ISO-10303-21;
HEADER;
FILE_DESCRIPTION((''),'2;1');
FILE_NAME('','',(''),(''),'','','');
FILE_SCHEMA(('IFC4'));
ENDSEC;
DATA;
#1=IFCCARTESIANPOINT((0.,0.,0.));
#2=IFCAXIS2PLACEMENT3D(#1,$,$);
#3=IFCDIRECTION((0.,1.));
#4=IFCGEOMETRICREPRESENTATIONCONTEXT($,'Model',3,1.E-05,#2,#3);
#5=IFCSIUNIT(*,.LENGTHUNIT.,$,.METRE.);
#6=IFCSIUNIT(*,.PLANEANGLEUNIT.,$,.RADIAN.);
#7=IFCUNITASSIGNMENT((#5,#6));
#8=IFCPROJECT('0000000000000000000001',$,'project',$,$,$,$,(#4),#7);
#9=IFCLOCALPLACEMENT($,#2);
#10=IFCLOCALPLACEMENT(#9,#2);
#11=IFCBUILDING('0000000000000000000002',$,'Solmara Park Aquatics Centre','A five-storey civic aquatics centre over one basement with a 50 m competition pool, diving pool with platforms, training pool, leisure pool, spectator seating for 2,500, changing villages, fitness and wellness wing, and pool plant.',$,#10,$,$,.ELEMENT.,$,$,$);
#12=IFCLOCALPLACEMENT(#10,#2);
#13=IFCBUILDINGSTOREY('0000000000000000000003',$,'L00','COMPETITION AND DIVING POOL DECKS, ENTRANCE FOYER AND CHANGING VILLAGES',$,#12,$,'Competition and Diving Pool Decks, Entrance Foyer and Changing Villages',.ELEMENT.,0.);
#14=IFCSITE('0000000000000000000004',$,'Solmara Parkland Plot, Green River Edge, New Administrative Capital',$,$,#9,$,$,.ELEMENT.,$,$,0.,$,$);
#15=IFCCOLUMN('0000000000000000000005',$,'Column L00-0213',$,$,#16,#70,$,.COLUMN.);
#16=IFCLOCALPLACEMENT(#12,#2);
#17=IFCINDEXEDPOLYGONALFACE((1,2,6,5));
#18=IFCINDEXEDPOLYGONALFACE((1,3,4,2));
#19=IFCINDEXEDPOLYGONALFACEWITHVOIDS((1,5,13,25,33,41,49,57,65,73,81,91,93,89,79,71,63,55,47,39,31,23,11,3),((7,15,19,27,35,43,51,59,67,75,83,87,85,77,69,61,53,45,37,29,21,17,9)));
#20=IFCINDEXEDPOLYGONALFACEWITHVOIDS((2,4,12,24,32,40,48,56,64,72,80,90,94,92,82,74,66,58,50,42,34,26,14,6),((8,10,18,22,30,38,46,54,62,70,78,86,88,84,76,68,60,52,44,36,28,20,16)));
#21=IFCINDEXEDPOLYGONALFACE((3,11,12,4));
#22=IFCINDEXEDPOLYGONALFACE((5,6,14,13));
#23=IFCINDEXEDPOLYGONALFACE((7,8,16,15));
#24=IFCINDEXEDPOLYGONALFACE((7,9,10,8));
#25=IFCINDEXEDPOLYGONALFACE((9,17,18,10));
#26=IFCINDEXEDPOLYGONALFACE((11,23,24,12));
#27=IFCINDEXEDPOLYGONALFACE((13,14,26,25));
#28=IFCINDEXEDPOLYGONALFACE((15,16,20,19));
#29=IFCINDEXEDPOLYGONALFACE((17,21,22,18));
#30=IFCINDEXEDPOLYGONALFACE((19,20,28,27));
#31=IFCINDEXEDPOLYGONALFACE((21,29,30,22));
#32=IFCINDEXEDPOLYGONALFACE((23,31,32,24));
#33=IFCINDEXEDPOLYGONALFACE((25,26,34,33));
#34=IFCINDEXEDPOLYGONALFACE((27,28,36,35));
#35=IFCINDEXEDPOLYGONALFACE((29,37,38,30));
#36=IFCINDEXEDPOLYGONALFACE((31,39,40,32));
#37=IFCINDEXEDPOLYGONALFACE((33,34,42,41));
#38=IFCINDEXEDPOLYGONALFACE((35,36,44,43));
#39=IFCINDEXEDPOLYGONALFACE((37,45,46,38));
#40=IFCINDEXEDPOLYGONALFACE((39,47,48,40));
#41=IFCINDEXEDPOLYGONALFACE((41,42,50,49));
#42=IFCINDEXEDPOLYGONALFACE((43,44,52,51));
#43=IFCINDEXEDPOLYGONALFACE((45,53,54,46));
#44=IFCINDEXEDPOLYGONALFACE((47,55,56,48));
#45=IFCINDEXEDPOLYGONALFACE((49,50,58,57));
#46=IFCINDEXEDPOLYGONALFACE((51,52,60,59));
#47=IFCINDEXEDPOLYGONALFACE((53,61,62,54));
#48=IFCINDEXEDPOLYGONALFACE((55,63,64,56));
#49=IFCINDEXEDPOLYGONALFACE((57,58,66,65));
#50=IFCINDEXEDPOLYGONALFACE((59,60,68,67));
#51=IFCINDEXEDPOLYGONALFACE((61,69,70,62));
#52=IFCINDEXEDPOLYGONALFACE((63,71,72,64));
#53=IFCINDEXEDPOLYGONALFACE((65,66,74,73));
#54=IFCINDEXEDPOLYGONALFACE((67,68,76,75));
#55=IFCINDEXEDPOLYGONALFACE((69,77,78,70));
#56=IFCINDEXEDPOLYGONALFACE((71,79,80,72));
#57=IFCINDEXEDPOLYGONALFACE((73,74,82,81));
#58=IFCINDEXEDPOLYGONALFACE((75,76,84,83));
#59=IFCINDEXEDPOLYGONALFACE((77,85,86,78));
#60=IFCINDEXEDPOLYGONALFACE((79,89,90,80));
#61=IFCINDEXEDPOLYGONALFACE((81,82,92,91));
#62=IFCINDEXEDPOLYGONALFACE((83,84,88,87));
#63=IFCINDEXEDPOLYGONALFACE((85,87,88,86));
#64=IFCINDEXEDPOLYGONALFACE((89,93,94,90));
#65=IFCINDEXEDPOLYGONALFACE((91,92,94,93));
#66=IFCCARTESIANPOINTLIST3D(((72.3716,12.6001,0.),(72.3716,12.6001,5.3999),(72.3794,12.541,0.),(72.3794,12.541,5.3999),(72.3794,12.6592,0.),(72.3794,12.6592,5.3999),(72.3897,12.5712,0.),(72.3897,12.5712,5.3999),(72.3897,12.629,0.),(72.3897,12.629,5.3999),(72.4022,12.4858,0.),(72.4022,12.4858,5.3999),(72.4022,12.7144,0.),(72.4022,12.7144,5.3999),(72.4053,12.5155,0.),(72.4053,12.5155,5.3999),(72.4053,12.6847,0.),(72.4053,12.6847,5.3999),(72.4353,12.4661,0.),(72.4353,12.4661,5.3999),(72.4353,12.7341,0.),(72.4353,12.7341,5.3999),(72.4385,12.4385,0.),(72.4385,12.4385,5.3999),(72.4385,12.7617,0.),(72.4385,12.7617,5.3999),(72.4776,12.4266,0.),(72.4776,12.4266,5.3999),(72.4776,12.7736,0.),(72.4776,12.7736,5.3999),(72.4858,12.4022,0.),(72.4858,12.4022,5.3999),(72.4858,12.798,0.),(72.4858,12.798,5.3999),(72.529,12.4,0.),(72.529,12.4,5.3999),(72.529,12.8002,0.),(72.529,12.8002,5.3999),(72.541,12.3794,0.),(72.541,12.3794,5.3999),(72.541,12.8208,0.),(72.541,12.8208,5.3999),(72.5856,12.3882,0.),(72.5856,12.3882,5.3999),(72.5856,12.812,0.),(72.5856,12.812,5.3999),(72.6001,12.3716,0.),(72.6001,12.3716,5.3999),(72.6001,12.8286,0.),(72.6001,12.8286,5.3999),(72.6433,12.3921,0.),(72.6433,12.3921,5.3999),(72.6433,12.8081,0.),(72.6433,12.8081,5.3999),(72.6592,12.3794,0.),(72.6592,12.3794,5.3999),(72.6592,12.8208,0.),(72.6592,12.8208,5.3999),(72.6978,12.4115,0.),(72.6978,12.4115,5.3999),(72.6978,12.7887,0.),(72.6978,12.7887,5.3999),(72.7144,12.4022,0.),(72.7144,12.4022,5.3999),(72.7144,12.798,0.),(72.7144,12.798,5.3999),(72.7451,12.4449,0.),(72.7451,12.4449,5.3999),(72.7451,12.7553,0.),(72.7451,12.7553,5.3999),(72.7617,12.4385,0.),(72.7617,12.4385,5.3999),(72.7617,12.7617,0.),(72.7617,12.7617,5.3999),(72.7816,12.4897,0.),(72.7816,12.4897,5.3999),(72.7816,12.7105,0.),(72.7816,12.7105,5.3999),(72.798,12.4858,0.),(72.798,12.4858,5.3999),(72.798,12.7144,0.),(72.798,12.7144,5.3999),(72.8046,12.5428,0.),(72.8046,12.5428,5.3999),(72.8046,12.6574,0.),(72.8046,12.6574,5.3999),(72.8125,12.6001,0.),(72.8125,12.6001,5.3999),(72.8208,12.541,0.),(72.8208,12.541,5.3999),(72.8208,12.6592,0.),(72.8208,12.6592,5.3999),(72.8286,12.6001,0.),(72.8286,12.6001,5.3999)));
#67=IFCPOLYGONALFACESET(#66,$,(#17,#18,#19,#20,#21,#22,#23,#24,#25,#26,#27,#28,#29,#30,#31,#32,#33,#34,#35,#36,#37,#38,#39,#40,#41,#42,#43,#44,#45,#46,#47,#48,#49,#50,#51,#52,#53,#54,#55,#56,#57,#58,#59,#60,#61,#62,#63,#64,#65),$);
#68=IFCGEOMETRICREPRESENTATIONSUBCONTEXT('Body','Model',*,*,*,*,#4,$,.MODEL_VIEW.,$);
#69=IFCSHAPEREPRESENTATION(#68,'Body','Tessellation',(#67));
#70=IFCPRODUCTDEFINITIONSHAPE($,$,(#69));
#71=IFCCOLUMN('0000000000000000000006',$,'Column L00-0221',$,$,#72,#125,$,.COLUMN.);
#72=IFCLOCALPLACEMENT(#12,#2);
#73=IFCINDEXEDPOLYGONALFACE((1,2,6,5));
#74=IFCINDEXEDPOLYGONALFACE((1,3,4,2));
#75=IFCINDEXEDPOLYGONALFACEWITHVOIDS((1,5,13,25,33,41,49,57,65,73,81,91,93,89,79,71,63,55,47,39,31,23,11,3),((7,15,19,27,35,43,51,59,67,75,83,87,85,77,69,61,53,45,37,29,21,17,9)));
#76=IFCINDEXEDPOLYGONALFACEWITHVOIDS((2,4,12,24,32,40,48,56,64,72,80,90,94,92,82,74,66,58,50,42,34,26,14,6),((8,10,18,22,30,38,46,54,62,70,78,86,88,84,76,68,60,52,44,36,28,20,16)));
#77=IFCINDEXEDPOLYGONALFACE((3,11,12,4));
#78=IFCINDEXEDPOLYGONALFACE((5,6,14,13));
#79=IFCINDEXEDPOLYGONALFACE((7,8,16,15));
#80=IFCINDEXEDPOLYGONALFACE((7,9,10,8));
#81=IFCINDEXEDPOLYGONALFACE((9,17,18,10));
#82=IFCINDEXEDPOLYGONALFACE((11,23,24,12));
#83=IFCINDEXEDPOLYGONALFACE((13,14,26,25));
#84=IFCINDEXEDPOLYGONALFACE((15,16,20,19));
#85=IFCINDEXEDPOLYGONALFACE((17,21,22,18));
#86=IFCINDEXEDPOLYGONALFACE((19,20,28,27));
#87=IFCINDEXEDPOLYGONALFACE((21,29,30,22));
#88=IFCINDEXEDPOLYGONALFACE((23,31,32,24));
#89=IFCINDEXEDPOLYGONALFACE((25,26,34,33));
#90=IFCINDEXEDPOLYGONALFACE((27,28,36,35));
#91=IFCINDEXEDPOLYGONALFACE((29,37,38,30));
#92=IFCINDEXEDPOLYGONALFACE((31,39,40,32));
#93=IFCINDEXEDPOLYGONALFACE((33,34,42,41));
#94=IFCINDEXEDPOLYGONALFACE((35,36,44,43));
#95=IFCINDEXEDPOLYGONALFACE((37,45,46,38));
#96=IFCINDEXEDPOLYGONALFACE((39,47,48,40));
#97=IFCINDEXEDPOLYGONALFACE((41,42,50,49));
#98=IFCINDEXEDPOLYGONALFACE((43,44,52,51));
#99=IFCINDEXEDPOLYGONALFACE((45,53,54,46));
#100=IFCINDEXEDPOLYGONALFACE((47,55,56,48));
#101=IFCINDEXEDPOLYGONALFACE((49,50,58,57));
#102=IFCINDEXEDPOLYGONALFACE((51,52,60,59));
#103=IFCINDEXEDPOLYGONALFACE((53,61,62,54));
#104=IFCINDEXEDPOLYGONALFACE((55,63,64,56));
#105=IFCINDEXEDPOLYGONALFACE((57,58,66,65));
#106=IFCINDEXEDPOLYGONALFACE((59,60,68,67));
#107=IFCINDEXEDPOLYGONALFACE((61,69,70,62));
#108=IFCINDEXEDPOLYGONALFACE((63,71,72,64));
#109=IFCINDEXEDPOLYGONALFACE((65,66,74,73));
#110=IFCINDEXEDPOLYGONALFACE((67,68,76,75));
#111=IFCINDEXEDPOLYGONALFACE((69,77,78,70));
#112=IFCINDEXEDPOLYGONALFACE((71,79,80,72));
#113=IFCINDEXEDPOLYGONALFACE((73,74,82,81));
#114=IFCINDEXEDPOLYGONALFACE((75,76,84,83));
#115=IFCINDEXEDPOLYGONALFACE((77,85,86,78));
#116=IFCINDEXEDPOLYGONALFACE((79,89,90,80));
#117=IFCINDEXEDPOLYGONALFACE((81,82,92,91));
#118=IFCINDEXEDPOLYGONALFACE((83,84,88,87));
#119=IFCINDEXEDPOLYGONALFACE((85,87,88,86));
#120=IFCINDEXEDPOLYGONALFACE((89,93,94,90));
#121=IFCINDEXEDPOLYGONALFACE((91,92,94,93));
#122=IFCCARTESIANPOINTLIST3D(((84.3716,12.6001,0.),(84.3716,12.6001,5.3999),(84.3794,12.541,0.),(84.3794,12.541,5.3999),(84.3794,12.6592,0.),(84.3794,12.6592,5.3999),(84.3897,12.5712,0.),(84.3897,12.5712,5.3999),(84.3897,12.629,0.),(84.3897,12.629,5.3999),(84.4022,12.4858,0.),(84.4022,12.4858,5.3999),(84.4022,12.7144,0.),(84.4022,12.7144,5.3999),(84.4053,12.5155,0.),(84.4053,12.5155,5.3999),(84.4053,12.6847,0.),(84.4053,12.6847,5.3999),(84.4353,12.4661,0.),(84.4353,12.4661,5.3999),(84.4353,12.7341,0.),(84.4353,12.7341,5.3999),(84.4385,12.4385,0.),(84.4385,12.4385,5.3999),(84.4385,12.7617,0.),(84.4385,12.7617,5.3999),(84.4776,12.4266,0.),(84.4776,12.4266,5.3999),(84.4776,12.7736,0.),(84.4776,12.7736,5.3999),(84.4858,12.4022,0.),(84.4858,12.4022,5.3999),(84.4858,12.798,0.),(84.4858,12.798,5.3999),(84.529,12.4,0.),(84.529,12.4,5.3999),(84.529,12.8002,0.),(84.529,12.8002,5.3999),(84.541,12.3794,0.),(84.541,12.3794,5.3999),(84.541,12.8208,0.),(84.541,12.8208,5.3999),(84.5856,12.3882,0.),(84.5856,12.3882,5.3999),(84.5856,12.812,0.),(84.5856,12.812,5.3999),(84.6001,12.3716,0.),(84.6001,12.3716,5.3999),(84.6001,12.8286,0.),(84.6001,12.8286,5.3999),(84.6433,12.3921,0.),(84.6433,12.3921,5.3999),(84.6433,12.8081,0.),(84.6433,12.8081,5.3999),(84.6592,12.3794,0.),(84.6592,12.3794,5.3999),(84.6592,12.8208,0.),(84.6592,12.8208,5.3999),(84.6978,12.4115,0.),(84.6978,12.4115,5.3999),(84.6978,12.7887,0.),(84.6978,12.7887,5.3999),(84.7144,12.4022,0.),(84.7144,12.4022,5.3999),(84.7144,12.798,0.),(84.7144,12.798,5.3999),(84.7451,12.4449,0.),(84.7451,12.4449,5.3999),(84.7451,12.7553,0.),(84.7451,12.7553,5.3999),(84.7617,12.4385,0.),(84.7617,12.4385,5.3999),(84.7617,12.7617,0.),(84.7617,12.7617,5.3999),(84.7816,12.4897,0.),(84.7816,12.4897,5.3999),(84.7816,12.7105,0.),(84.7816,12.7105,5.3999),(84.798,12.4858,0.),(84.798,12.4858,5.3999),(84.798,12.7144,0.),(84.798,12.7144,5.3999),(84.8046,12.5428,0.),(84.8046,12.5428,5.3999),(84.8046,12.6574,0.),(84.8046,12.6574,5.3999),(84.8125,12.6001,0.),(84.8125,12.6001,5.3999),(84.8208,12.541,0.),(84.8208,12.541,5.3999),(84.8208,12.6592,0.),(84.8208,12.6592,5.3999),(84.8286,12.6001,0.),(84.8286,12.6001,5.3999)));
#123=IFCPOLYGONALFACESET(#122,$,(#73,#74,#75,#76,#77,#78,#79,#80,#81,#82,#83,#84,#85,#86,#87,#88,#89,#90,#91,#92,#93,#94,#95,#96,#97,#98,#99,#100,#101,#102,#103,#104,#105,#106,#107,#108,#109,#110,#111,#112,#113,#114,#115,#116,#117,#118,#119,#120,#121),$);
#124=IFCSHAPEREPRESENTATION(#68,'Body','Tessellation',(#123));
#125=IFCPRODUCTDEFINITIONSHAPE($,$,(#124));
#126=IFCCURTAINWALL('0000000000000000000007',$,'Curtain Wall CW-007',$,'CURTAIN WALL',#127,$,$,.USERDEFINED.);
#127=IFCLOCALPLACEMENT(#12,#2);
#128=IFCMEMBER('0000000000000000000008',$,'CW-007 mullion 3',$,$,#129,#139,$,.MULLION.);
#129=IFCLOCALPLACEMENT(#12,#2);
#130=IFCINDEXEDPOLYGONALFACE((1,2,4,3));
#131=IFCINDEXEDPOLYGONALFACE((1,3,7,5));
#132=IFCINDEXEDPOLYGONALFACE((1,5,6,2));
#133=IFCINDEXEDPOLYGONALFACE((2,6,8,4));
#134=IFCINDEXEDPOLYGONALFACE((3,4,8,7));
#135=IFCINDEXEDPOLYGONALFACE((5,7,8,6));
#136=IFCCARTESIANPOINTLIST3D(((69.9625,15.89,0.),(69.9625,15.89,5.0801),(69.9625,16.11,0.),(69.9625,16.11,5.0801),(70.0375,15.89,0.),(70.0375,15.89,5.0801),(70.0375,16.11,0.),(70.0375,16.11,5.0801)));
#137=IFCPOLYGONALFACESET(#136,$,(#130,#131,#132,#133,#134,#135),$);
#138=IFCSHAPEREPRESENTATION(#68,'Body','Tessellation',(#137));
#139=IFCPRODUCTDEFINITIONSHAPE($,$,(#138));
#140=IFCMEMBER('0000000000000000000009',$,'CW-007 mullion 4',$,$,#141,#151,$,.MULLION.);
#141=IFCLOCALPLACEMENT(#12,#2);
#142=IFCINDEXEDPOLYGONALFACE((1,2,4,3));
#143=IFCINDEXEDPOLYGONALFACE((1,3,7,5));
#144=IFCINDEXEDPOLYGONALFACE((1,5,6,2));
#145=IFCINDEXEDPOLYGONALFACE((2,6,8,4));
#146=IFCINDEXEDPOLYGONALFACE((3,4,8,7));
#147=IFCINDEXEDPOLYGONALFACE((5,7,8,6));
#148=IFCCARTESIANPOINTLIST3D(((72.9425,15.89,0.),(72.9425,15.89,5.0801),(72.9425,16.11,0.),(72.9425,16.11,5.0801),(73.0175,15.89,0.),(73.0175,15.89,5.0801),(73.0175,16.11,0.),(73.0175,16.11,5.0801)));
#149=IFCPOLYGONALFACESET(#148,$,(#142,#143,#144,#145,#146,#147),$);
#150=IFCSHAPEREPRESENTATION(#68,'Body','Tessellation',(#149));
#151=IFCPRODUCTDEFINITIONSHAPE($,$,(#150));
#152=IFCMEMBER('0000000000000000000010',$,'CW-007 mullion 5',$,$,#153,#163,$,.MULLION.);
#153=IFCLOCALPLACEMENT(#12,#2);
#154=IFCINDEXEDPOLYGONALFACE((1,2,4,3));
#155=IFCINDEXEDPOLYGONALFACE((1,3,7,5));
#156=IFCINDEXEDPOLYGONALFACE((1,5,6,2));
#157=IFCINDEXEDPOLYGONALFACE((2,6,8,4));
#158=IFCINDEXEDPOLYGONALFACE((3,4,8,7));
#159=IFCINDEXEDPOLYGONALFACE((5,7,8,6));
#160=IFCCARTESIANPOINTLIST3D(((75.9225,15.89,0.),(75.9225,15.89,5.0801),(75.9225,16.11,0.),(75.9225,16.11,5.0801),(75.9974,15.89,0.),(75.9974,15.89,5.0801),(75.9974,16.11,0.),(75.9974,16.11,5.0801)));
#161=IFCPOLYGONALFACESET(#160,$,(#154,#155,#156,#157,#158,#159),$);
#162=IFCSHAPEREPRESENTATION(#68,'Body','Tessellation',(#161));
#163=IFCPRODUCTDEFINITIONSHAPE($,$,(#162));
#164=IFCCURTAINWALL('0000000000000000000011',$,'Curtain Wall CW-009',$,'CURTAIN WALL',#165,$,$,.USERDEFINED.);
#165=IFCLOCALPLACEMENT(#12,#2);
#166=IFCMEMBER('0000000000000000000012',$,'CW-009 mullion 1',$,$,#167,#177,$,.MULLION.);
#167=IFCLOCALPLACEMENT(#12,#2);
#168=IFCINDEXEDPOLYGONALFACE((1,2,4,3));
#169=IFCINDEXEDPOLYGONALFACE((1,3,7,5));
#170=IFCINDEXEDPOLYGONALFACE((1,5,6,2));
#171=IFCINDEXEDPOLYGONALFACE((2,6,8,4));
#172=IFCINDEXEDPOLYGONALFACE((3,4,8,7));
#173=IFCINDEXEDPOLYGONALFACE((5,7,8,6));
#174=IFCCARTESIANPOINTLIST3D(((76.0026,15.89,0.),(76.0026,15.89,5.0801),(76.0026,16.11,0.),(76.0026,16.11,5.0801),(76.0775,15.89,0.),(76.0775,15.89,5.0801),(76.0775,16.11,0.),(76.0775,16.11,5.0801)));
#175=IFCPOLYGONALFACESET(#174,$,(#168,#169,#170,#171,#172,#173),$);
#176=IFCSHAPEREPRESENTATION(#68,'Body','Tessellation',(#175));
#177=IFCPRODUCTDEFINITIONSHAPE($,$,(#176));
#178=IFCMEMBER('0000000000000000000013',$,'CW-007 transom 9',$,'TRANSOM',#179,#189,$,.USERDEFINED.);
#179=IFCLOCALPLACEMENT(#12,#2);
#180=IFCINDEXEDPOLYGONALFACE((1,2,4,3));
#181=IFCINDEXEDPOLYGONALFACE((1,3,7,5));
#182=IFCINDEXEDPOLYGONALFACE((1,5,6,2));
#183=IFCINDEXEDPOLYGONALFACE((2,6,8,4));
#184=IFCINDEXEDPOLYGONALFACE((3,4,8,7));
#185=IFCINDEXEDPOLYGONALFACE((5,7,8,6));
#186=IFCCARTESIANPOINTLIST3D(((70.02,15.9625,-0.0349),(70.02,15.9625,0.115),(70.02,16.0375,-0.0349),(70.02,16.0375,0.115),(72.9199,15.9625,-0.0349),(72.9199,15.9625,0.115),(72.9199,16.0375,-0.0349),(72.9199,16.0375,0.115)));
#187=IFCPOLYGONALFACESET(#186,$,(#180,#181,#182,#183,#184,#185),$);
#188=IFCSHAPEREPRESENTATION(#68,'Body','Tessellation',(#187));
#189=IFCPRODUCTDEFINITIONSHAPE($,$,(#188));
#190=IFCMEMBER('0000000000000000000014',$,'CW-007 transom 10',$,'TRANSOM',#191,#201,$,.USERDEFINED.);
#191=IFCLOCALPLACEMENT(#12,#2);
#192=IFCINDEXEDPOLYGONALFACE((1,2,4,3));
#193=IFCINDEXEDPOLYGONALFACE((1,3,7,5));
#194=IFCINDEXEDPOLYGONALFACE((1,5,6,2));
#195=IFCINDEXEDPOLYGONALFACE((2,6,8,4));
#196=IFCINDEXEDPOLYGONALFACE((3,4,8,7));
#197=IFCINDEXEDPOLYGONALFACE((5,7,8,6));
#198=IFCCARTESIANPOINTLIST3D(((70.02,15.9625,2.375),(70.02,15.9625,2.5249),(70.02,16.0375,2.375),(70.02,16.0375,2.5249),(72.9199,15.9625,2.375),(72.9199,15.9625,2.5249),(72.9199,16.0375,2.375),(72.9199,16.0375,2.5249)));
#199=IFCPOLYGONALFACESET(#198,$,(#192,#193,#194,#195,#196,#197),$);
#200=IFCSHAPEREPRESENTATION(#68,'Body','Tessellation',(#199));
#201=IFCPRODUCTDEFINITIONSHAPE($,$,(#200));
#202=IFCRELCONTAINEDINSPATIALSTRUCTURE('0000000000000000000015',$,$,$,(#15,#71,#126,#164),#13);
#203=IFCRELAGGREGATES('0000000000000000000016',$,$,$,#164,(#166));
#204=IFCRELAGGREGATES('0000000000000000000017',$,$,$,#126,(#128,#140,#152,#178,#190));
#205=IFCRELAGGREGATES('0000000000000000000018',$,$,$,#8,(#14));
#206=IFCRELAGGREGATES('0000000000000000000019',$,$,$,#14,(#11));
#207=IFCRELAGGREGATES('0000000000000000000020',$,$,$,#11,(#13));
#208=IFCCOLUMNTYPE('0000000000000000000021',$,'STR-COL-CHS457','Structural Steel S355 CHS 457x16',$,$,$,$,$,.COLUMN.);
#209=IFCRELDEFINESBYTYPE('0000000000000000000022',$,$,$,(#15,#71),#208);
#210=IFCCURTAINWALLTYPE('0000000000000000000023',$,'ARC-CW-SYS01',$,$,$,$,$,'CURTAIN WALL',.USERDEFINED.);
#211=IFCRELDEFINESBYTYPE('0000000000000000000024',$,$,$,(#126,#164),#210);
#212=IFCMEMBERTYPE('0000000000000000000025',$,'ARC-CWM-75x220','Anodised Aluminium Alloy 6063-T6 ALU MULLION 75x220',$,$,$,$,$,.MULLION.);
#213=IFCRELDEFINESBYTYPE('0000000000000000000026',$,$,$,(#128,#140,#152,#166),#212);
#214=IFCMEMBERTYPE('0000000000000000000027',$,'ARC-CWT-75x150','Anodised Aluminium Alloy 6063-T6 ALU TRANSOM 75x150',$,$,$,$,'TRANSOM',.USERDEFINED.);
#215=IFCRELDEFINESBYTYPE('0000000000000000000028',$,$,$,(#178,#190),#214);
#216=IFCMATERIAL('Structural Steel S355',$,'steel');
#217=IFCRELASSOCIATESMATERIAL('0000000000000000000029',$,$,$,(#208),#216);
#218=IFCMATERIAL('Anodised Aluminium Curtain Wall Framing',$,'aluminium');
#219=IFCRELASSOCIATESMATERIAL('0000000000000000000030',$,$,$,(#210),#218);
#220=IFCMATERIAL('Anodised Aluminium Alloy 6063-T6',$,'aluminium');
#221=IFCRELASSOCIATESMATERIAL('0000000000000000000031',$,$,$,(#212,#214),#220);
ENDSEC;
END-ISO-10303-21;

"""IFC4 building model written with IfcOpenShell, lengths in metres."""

from ifc_helpers import new_model, si_unit, direction, frame, origin, origin_2d, place, context, subcontext, project, spatial, rectangle, hollow_circle, extrude, material, material_profile, profile_set, type_object, element, aggregate, save


model = new_model("IFC4")

# Units and contexts
model_context = context("Model", 3, precision=1e-05, world=origin(), true_north=direction((0.0, 1.0)))
body_context = subcontext(model_context, "Body", "Model", "MODEL_VIEW")
ifc_project = project(units=[si_unit("LENGTHUNIT", "METRE"), si_unit("PLANEANGLEUNIT", "RADIAN")], contexts=[model_context])

# Site, building, storey
site_placement = place(None, origin())
site = spatial("IfcSite", under=ifc_project, at=site_placement, Name="Solmara Parkland Plot, Green River Edge, New Administrative Capital", CompositionType="ELEMENT", RefElevation=0.0)
building_placement = place(site_placement, origin())
building = spatial("IfcBuilding", under=site, at=building_placement, Name="Solmara Park Aquatics Centre", Description="A five-storey civic aquatics centre over one basement with a 50 m competition pool, diving pool with platforms, training pool, leisure pool, spectator seating for 2,500, changing villages, fitness and wellness wing, and pool plant.", CompositionType="ELEMENT")
storey_placement = place(building_placement, origin())
storey = spatial("IfcBuildingStorey", under=building, at=storey_placement, Name="L00", Description="COMPETITION AND DIVING POOL DECKS, ENTRANCE FOYER AND CHANGING VILLAGES", LongName="Competition and Diving Pool Decks, Entrance Foyer and Changing Villages", CompositionType="ELEMENT", Elevation=0.0)

# Columns
ifc_material_1 = material(Name="Structural Steel S355", Category="steel")
ifc_material_profile_1 = material_profile(ifc_material_1, hollow_circle(Radius=0.2285, WallThickness=0.0161, at=origin_2d()), Name="CHS 457x16")
ifc_profile_set_1 = profile_set([ifc_material_profile_1], Name="Structural Steel S355")
column_type = type_object("IfcColumnType", Name="STR-COL-CHS457", Description="Structural Steel S355 CHS 457x16", PredefinedType="COLUMN", material=ifc_profile_set_1)
for number, where, z_axis, x_axis, name in (
    (1, (72.6001, 12.6001, 0.0), (0.0, 0.0, 1.0), (1.0, 0.0, 0.0), "Column L00-0213"),
    (2, (84.6001, 12.6001, 0.0), (0.0, 0.0, 1.0), (1.0, 0.0, 0.0), "Column L00-0221"),
):
    element("IfcColumn", number, at=place(storey_placement, frame(where, z_axis=z_axis, x_axis=x_axis)), inside=storey, type_object=column_type, Name=name, PredefinedType="COLUMN", context=body_context, shape_type="SweptSolid", body=[
        extrude(hollow_circle(Radius=0.2285, WallThickness=0.0161, at=origin_2d()), origin(), (0.0, 0.0, 1.0), 5.3999),
    ])

# Curtain wall, members
ifc_material_2 = material(Name="Anodised Aluminium Curtain Wall Framing", Category="aluminium")
curtain_wall_type = type_object("IfcCurtainWallType", Name="ARC-CW-SYS01", ElementType="CURTAIN WALL", PredefinedType="USERDEFINED", material=ifc_material_2)
curtain_wall_1_placement = place(storey_placement, origin())
curtain_wall_1 = element("IfcCurtainWall", 3, at=curtain_wall_1_placement, inside=storey, type_object=curtain_wall_type, Name="Curtain Wall CW-007", ObjectType="CURTAIN WALL", PredefinedType="USERDEFINED")
ifc_material_3 = material(Name="Anodised Aluminium Alloy 6063-T6", Category="aluminium")
ifc_material_profile_2 = material_profile(ifc_material_3, rectangle(XDim=0.075, YDim=0.22, at=origin_2d()), Name="ALU MULLION 75x220")
ifc_profile_set_2 = profile_set([ifc_material_profile_2], Name="Anodised Aluminium Alloy 6063-T6")
member_type_1 = type_object("IfcMemberType", Name="ARC-CWM-75x220", Description="Anodised Aluminium Alloy 6063-T6 ALU MULLION 75x220", PredefinedType="MULLION", material=ifc_profile_set_2)
member_1_placement = place(storey_placement, frame((70.0, 16.0, 0.0), z_axis=(0.0, 0.0, 1.0), x_axis=(1.0, 0.0, 0.0)))
member_1 = element("IfcMember", 4, at=member_1_placement, type_object=member_type_1, Name="CW-007 mullion 3", PredefinedType="MULLION", context=body_context, shape_type="SweptSolid", body=[
    extrude(rectangle(XDim=0.075, YDim=0.22, at=origin_2d()), origin(), (0.0, 0.0, 1.0), 5.0801),
])
member_2_placement = place(storey_placement, frame((72.98, 16.0, 0.0), z_axis=(0.0, 0.0, 1.0), x_axis=(1.0, 0.0, 0.0)))
member_2 = element("IfcMember", 5, at=member_2_placement, type_object=member_type_1, Name="CW-007 mullion 4", PredefinedType="MULLION", context=body_context, shape_type="SweptSolid", body=[
    extrude(rectangle(XDim=0.075, YDim=0.22, at=origin_2d()), origin(), (0.0, 0.0, 1.0), 5.0801),
])
member_3_placement = place(storey_placement, frame((75.96, 16.0, 0.0), z_axis=(0.0, 0.0, 1.0), x_axis=(1.0, 0.0, 0.0)))
member_3 = element("IfcMember", 6, at=member_3_placement, type_object=member_type_1, Name="CW-007 mullion 5", PredefinedType="MULLION", context=body_context, shape_type="SweptSolid", body=[
    extrude(rectangle(XDim=0.075, YDim=0.22, at=origin_2d()), origin(), (0.0, 0.0, 1.0), 5.0801),
])

# Curtain wall, member
curtain_wall_2_placement = place(storey_placement, origin())
curtain_wall_2 = element("IfcCurtainWall", 7, at=curtain_wall_2_placement, inside=storey, type_object=curtain_wall_type, Name="Curtain Wall CW-009", ObjectType="CURTAIN WALL", PredefinedType="USERDEFINED")
member_4_placement = place(storey_placement, frame((76.04, 16.0, 0.0), z_axis=(0.0, 0.0, 1.0), x_axis=(1.0, 0.0, 0.0)))
member_4 = element("IfcMember", 8, at=member_4_placement, type_object=member_type_1, Name="CW-009 mullion 1", PredefinedType="MULLION", context=body_context, shape_type="SweptSolid", body=[
    extrude(rectangle(XDim=0.075, YDim=0.22, at=origin_2d()), origin(), (0.0, 0.0, 1.0), 5.0801),
])
aggregate(curtain_wall_2, [member_4])

# Members
ifc_material_profile_3 = material_profile(ifc_material_3, rectangle(XDim=0.075, YDim=0.1499, at=origin_2d()), Name="ALU TRANSOM 75x150")
ifc_profile_set_3 = profile_set([ifc_material_profile_3], Name="Anodised Aluminium Alloy 6063-T6")
member_type_2 = type_object("IfcMemberType", Name="ARC-CWT-75x150", Description="Anodised Aluminium Alloy 6063-T6 ALU TRANSOM 75x150", ElementType="TRANSOM", PredefinedType="USERDEFINED", material=ifc_profile_set_3)
member_5_placement = place(storey_placement, frame((70.02, 16.0, 0.04), z_axis=(1.0, 0.0, 0.0), x_axis=(0.0, 1.0, 0.0)))
member_5 = element("IfcMember", 9, at=member_5_placement, type_object=member_type_2, Name="CW-007 transom 9", ObjectType="TRANSOM", PredefinedType="USERDEFINED", context=body_context, shape_type="SweptSolid", body=[
    extrude(rectangle(XDim=0.075, YDim=0.1499, at=origin_2d()), origin(), (0.0, 0.0, 1.0), 2.8999),
])
member_6_placement = place(storey_placement, frame((70.02, 16.0, 2.45), z_axis=(1.0, 0.0, 0.0), x_axis=(0.0, 1.0, 0.0)))
member_6 = element("IfcMember", 10, at=member_6_placement, type_object=member_type_2, Name="CW-007 transom 10", ObjectType="TRANSOM", PredefinedType="USERDEFINED", context=body_context, shape_type="SweptSolid", body=[
    extrude(rectangle(XDim=0.075, YDim=0.1499, at=origin_2d()), origin(), (0.0, 0.0, 1.0), 2.8999),
])

aggregate(curtain_wall_1, [member_1, member_2, member_3, member_5, member_6])

save(model, "model.ifc")
